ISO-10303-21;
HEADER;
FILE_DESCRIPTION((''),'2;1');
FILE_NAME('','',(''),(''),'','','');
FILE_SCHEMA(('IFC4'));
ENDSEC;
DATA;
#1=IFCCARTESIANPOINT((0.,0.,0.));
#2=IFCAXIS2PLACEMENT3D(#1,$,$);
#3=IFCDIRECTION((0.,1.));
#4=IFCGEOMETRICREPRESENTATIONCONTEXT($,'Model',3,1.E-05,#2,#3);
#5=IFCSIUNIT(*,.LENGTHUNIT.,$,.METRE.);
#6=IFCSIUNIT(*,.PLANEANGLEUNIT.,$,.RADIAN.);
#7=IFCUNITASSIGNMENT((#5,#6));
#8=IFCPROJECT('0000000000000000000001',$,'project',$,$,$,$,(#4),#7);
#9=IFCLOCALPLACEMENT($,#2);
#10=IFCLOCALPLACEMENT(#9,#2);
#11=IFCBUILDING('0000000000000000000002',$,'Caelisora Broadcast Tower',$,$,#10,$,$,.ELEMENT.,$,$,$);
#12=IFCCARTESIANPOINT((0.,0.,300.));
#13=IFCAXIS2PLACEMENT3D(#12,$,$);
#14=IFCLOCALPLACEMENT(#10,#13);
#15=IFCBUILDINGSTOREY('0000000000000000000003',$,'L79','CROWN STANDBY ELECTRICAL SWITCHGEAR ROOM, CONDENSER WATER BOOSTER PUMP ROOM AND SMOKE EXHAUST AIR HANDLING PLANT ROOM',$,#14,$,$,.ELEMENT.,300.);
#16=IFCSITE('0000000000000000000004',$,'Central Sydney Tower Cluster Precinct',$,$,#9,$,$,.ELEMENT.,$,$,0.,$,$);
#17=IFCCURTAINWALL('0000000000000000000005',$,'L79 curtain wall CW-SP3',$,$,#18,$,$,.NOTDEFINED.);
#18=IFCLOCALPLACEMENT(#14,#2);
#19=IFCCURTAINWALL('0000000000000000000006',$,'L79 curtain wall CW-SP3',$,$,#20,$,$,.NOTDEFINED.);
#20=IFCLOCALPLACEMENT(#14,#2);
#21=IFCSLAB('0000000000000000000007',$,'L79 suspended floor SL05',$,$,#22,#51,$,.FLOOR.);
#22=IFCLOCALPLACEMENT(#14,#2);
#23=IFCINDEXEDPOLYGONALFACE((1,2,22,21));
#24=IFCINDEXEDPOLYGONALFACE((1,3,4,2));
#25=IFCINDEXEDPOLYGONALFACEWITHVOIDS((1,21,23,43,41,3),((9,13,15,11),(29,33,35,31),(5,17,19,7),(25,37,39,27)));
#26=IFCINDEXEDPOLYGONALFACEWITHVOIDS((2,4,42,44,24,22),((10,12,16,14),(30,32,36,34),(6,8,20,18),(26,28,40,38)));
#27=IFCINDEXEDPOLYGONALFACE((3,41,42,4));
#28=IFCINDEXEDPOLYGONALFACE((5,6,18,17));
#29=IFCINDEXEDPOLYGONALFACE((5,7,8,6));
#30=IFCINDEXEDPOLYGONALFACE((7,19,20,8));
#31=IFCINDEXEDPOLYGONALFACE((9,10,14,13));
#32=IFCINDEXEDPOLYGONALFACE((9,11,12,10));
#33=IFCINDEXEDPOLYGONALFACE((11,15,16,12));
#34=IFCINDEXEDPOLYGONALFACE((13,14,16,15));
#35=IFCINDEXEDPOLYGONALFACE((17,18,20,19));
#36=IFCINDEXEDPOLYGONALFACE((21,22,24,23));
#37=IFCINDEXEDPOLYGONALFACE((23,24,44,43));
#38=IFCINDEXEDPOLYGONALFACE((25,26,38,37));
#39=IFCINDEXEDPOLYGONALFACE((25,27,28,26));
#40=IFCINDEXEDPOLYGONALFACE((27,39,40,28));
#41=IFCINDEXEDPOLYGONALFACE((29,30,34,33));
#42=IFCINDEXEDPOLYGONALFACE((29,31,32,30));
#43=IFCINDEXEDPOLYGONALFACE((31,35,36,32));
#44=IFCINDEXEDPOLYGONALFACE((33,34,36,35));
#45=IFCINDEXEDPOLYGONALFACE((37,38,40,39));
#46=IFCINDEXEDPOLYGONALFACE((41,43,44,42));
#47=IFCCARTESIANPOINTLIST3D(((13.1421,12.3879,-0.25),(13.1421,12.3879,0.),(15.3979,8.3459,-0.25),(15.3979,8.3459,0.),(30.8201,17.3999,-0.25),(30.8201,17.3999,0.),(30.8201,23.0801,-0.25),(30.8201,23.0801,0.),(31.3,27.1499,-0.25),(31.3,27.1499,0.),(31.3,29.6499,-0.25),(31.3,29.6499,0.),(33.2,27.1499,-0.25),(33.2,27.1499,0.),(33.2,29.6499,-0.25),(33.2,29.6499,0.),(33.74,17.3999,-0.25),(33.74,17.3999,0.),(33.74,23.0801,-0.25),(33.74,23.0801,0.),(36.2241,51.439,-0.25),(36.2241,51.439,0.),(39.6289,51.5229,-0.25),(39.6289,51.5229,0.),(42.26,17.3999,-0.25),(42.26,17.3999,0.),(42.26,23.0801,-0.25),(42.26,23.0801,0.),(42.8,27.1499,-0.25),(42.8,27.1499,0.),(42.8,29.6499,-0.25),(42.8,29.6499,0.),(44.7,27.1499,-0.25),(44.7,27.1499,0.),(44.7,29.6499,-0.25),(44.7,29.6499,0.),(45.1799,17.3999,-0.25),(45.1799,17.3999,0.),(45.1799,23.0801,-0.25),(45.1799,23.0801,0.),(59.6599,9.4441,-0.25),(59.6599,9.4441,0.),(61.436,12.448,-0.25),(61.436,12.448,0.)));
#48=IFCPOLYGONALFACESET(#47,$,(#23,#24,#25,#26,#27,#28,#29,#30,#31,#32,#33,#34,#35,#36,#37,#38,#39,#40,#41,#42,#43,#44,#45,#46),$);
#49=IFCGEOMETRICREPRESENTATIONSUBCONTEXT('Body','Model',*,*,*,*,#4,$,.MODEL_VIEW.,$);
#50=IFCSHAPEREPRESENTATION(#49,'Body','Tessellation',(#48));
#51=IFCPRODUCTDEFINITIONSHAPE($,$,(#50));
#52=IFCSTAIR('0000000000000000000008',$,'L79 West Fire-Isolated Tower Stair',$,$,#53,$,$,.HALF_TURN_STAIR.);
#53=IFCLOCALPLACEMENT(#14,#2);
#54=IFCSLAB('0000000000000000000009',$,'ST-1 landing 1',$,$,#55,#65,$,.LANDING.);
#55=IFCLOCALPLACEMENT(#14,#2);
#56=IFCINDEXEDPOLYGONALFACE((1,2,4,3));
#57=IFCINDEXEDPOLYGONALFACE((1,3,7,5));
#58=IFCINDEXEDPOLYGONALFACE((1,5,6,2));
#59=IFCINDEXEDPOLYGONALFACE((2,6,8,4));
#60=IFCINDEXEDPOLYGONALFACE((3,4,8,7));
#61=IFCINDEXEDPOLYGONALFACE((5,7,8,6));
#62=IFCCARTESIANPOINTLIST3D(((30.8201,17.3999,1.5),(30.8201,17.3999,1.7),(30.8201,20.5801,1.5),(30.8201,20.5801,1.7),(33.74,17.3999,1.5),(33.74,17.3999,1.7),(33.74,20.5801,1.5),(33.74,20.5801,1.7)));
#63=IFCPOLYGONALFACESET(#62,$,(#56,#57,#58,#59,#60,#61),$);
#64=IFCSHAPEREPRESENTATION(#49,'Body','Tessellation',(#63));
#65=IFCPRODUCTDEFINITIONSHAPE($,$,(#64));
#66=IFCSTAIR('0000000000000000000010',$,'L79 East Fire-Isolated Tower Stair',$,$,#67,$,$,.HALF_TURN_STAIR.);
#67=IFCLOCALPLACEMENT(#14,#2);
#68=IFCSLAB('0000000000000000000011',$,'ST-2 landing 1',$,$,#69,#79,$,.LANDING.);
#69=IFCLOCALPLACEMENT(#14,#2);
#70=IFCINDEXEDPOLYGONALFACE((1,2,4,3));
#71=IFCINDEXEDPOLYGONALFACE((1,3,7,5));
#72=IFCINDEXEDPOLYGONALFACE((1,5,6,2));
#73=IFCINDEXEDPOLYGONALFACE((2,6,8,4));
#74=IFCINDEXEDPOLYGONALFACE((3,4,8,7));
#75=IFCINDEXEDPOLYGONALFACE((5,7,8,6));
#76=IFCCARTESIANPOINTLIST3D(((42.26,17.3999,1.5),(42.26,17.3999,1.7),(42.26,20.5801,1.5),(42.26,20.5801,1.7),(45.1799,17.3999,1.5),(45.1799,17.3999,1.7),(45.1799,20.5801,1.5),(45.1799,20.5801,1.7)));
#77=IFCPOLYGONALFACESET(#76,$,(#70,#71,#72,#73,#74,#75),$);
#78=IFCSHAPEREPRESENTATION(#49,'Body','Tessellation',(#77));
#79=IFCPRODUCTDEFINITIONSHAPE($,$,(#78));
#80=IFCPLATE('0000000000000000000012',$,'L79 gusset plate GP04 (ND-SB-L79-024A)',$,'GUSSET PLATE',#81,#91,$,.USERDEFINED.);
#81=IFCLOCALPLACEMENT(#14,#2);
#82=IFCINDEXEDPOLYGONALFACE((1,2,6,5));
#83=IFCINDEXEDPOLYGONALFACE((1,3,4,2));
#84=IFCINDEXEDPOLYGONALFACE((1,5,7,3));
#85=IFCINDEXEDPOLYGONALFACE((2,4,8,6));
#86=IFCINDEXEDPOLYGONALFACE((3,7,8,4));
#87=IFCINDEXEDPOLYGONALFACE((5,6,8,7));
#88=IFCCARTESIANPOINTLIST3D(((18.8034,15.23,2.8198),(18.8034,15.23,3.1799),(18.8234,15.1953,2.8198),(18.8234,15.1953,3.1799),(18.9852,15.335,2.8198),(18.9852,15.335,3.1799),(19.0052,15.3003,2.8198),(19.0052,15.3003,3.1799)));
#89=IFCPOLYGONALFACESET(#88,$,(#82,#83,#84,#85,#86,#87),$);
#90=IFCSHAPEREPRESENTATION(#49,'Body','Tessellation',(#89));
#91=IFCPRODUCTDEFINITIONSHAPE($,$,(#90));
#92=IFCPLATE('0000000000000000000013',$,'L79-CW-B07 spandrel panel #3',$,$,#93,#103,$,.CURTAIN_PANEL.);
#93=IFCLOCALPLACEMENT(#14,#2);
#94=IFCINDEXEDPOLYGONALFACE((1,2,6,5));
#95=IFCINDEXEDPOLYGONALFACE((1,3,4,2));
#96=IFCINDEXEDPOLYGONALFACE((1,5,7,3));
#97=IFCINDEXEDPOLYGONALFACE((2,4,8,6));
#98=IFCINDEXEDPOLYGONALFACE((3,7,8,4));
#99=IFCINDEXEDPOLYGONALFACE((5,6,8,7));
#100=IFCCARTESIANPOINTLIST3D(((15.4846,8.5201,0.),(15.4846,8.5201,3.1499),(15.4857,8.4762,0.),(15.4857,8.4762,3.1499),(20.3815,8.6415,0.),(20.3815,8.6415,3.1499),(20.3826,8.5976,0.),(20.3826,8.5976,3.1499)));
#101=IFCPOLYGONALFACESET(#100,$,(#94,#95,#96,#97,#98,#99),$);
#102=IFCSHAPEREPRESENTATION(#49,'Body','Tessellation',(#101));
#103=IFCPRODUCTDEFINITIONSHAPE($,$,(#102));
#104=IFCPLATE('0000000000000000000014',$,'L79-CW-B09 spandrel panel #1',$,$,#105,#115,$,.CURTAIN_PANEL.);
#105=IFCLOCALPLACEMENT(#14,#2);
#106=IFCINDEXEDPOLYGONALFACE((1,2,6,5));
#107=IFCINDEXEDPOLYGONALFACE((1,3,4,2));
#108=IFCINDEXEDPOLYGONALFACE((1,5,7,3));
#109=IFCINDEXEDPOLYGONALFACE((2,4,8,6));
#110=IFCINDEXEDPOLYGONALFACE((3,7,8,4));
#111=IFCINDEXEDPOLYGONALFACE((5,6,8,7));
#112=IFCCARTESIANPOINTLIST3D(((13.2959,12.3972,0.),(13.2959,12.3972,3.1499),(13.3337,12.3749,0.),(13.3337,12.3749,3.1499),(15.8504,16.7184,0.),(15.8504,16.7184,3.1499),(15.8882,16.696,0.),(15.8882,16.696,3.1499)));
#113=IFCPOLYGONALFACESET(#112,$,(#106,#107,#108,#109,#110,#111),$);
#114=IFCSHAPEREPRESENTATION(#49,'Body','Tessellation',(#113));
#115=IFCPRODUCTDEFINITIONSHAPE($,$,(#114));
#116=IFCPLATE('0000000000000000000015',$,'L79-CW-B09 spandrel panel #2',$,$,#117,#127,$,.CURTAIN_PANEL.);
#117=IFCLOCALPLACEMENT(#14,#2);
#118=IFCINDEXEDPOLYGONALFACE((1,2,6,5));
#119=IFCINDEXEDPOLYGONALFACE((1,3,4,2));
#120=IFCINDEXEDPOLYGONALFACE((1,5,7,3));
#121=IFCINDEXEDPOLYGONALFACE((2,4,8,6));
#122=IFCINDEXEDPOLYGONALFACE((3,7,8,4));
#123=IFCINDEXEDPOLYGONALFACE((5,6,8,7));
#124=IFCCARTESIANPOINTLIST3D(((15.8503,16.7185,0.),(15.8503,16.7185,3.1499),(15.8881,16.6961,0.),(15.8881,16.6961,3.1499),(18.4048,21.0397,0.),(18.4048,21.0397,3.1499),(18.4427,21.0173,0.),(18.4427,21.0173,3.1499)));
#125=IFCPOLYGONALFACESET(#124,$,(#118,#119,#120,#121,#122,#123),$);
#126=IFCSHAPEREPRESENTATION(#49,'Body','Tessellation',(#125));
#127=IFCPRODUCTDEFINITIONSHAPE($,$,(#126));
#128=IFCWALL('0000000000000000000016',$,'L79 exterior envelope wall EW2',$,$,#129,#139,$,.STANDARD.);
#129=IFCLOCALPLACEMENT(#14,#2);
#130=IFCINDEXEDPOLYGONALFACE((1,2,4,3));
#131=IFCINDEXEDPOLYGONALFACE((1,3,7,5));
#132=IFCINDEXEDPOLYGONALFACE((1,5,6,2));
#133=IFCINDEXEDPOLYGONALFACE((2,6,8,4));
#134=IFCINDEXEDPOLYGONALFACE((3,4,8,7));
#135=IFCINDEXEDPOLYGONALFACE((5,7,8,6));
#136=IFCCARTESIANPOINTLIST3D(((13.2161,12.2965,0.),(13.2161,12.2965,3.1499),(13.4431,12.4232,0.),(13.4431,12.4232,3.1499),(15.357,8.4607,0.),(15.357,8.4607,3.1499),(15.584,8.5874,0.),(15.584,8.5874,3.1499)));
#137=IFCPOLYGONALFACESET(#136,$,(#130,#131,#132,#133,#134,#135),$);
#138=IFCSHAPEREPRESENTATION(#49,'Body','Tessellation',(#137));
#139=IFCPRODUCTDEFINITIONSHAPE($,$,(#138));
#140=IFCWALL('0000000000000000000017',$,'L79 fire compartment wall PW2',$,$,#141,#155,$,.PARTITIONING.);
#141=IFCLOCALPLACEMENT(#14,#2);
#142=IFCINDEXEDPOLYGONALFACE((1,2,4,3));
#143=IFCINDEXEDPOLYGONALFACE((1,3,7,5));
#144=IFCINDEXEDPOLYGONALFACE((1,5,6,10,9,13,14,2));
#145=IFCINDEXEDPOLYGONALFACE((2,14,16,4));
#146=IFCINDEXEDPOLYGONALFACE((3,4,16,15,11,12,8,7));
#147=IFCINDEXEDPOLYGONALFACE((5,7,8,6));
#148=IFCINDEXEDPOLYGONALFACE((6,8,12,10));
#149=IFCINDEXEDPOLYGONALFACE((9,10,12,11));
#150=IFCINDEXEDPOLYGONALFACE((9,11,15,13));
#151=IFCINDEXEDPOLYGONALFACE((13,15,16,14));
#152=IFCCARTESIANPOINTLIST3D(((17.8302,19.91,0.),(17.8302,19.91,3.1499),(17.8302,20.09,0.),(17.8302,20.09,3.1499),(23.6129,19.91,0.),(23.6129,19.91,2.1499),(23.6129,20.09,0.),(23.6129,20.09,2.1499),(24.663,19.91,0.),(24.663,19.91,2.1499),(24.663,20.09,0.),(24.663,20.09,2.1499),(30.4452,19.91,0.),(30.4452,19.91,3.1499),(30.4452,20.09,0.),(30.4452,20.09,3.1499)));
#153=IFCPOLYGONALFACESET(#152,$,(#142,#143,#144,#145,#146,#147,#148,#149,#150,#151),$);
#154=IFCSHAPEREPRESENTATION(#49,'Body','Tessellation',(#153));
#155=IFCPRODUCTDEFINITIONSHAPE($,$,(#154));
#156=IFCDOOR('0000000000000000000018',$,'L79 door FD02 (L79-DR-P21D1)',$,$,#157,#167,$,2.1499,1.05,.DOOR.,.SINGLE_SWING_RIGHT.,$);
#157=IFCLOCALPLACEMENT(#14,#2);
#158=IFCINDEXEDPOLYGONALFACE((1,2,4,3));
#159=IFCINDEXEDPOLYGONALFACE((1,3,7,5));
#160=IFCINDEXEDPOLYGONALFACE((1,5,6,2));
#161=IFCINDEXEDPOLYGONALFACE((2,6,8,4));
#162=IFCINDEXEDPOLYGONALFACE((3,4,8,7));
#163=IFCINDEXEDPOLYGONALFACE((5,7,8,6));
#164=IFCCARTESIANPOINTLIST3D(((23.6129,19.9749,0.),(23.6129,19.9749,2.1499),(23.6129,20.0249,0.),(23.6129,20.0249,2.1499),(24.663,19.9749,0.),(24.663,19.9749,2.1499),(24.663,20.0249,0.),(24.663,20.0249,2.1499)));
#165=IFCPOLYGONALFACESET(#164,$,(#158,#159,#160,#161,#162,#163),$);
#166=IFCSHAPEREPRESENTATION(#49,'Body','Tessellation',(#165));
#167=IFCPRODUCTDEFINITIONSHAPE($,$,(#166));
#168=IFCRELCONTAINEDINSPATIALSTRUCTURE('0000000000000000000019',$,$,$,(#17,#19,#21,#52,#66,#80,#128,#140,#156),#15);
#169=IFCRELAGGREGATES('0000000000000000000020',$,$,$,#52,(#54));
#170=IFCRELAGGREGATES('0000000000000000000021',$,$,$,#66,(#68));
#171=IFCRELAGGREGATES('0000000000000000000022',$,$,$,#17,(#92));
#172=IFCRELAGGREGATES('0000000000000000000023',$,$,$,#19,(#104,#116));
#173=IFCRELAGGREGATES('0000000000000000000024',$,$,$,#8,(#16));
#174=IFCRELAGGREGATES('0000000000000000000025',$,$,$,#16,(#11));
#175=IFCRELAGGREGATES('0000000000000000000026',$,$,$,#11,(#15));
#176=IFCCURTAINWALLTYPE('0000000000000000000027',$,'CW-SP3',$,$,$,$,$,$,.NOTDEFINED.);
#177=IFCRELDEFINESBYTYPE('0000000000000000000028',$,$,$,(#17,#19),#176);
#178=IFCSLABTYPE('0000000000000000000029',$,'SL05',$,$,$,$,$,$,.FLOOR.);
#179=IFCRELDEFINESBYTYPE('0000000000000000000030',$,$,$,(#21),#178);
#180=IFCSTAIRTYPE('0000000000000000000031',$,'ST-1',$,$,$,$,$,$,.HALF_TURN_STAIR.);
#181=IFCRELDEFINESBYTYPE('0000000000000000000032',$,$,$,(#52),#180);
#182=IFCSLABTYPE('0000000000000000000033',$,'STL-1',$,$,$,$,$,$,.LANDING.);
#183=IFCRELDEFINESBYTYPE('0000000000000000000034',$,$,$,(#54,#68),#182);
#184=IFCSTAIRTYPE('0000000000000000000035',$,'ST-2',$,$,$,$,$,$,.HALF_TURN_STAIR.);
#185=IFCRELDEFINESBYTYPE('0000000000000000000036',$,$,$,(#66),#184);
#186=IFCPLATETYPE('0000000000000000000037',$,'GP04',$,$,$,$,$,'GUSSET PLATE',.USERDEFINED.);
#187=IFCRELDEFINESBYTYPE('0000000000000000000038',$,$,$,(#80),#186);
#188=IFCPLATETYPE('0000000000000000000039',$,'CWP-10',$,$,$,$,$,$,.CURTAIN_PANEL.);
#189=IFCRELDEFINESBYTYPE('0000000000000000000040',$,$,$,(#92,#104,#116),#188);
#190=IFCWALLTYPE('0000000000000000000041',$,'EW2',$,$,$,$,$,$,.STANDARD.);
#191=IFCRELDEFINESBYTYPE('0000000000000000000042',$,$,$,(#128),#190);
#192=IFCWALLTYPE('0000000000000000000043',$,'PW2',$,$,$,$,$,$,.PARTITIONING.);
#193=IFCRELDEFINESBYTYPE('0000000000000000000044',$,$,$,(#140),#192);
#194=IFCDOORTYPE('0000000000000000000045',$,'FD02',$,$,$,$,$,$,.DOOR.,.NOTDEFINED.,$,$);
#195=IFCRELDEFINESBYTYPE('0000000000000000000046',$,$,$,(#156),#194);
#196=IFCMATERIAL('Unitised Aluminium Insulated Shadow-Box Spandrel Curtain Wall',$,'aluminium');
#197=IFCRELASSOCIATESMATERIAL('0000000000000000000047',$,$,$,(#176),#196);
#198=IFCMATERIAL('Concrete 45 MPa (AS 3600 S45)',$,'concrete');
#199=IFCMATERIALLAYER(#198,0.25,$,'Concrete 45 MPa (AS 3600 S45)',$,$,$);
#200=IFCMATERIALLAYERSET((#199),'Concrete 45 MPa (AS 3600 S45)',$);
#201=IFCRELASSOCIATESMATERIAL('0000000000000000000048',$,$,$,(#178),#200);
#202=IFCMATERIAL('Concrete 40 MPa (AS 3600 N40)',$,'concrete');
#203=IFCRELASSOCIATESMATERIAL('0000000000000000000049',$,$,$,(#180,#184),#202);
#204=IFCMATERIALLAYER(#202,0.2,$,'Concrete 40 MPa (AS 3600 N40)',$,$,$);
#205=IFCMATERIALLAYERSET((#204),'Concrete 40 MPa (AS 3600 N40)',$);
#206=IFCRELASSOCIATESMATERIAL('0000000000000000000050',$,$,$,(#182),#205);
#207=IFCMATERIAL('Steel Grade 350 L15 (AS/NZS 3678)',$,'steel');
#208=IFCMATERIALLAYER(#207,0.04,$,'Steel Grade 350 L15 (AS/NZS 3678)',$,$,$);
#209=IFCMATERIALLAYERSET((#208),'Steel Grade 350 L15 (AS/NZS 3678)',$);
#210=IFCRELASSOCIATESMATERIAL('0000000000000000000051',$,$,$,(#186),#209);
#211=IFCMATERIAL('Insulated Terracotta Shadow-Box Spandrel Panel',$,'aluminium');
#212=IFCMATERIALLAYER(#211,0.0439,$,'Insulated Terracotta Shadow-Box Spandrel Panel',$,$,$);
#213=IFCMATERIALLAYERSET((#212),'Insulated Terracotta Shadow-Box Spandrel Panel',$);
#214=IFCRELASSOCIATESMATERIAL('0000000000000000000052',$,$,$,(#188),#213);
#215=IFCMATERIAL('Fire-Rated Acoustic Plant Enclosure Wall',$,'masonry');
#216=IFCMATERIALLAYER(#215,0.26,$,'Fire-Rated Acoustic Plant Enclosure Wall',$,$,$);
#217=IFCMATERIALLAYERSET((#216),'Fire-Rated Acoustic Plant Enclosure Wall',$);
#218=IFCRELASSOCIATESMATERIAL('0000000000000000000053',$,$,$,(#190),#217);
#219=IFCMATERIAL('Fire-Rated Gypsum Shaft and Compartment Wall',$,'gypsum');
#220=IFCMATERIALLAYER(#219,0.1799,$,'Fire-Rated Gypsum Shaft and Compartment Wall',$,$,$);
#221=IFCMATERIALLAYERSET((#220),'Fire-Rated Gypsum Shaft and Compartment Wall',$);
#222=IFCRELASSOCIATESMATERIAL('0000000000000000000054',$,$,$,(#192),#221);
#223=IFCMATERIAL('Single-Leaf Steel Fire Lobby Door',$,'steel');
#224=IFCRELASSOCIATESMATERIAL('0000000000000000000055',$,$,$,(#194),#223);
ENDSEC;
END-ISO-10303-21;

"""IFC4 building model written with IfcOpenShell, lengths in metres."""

from ifc_helpers import new_model, si_unit, direction, frame, frame_2d, origin, origin_2d, place, context, subcontext, project, spatial, polyline, rectangle, outline, extrude, source, transform, mapped, material, layer, layer_set, type_object, type_shapes, element, fill, aggregate, save


model = new_model("IFC4")

# Units and contexts
model_context = context("Model", 3, precision=1e-05, world=origin(), true_north=direction((0.0, 1.0)))
body_context = subcontext(model_context, "Body", "Model", "MODEL_VIEW")
ifc_project = project(units=[si_unit("LENGTHUNIT", "METRE"), si_unit("PLANEANGLEUNIT", "RADIAN")], contexts=[model_context])

# Site, building, storey
site_placement = place(None, origin())
site = spatial("IfcSite", under=ifc_project, at=site_placement, Name="Central Sydney Tower Cluster Precinct", CompositionType="ELEMENT", RefElevation=0.0)
building_placement = place(site_placement, origin())
building = spatial("IfcBuilding", under=site, at=building_placement, Name="Caelisora Broadcast Tower", CompositionType="ELEMENT")
storey_placement = place(building_placement, frame((0.0, 0.0, 300.0)))
storey = spatial("IfcBuildingStorey", under=building, at=storey_placement, Name="L79", Description="CROWN STANDBY ELECTRICAL SWITCHGEAR ROOM, CONDENSER WATER BOOSTER PUMP ROOM AND SMOKE EXHAUST AIR HANDLING PLANT ROOM", CompositionType="ELEMENT", Elevation=300.0)

# Curtain wall
ifc_material_1 = material(Name="Unitised Aluminium Insulated Shadow-Box Spandrel Curtain Wall", Category="aluminium")
curtain_wall_type = type_object("IfcCurtainWallType", Name="CW-SP3", PredefinedType="NOTDEFINED", material=ifc_material_1)
curtain_wall_1_placement = place(storey_placement, origin())
curtain_wall_1 = element("IfcCurtainWall", 1, at=curtain_wall_1_placement, inside=storey, type_object=curtain_wall_type, Name="L79 curtain wall CW-SP3", PredefinedType="NOTDEFINED")

# Curtain wall
curtain_wall_2_placement = place(storey_placement, origin())
curtain_wall_2 = element("IfcCurtainWall", 2, at=curtain_wall_2_placement, inside=storey, type_object=curtain_wall_type, Name="L79 curtain wall CW-SP3", PredefinedType="NOTDEFINED")

# Slab
ifc_material_2 = material(Name="Concrete 45 MPa (AS 3600 S45)", Category="concrete")
ifc_layer_1 = layer(ifc_material_2, 0.25, Name="Concrete 45 MPa (AS 3600 S45)")
ifc_layer_set_1 = layer_set([ifc_layer_1], Name="Concrete 45 MPa (AS 3600 S45)")
slab_type_1 = type_object("IfcSlabType", Name="SL05", PredefinedType="FLOOR", material=ifc_layer_set_1)
slab_1_placement = place(storey_placement, frame((0.0, 0.0, -0.25)))
element("IfcSlab", 3, at=slab_1_placement, inside=storey, type_object=slab_type_1, Name="L79 suspended floor SL05", PredefinedType="FLOOR", context=body_context, shape_type="SweptSolid", body=[
    extrude(outline(polyline([(39.6289, 51.5229), (36.2241, 51.439), (13.1421, 12.3879), (15.3979, 8.3459), (59.6599, 9.4441), (61.436, 12.448), (39.6289, 51.5229)]), holes=[polyline([(30.8201, 17.3999), (33.74, 17.3999), (33.74, 23.0801), (30.8201, 23.0801), (30.8201, 17.3999)]), polyline([(42.26, 17.3999), (45.1799, 17.3999), (45.1799, 23.0801), (42.26, 23.0801), (42.26, 17.3999)]), polyline([(42.8, 27.1499), (44.7, 27.1499), (44.7, 29.6499), (42.8, 29.6499), (42.8, 27.1499)]), polyline([(31.3, 27.1499), (33.2, 27.1499), (33.2, 29.6499), (31.3, 29.6499), (31.3, 27.1499)])]), origin(), (0.0, 0.0, 1.0), 0.25),
])

# Stairs, slabs
ifc_material_3 = material(Name="Concrete 40 MPa (AS 3600 N40)", Category="concrete")
stair_type_1 = type_object("IfcStairType", Name="ST-1", PredefinedType="HALF_TURN_STAIR", material=ifc_material_3)
stair_1_placement = place(storey_placement, origin())
stair_1 = element("IfcStair", 4, at=stair_1_placement, inside=storey, type_object=stair_type_1, Name="L79 West Fire-Isolated Tower Stair", PredefinedType="HALF_TURN_STAIR")
ifc_layer_2 = layer(ifc_material_3, 0.2, Name="Concrete 40 MPa (AS 3600 N40)")
ifc_layer_set_2 = layer_set([ifc_layer_2], Name="Concrete 40 MPa (AS 3600 N40)")
slab_type_2 = type_object("IfcSlabType", Name="STL-1", PredefinedType="LANDING", material=ifc_layer_set_2)
slab_2_placement = place(storey_placement, frame((0.0, 0.0, 1.5)))
slab_2 = element("IfcSlab", 5, at=slab_2_placement, type_object=slab_type_2, Name="ST-1 landing 1", PredefinedType="LANDING", context=body_context, shape_type="SweptSolid", body=[
    extrude(outline(polyline([(30.8201, 20.5801), (30.8201, 17.3999), (33.74, 17.3999), (33.74, 20.5801), (30.8201, 20.5801)])), origin(), (0.0, 0.0, 1.0), 0.2),
])
aggregate(stair_1, [slab_2])
stair_type_2 = type_object("IfcStairType", Name="ST-2", PredefinedType="HALF_TURN_STAIR", material=ifc_material_3)
stair_2_placement = place(storey_placement, origin())
stair_2 = element("IfcStair", 6, at=stair_2_placement, inside=storey, type_object=stair_type_2, Name="L79 East Fire-Isolated Tower Stair", PredefinedType="HALF_TURN_STAIR")
slab_3_placement = place(storey_placement, frame((0.0, 0.0, 1.5)))
slab_3 = element("IfcSlab", 7, at=slab_3_placement, type_object=slab_type_2, Name="ST-2 landing 1", PredefinedType="LANDING", context=body_context, shape_type="SweptSolid", body=[
    extrude(outline(polyline([(42.26, 20.5801), (42.26, 17.3999), (45.1799, 17.3999), (45.1799, 20.5801), (42.26, 20.5801)])), origin(), (0.0, 0.0, 1.0), 0.2),
])
aggregate(stair_2, [slab_3])

# Plates
ifc_material_4 = material(Name="Steel Grade 350 L15 (AS/NZS 3678)", Category="steel")
ifc_layer_3 = layer(ifc_material_4, 0.04, Name="Steel Grade 350 L15 (AS/NZS 3678)")
ifc_layer_set_3 = layer_set([ifc_layer_3], Name="Steel Grade 350 L15 (AS/NZS 3678)")
plate_type_1 = type_object("IfcPlateType", Name="GP04", ElementType="GUSSET PLATE", PredefinedType="USERDEFINED", material=ifc_layer_set_3)
shared_shape_1 = source(origin(), body_context, "Body", "SweptSolid", [
    extrude(rectangle(XDim=0.21, YDim=0.04, at=origin_2d()), origin(), (0.0, 0.0, 1.0), 0.3601),
])
type_shapes(plate_type_1, [shared_shape_1])
plate_1_placement = place(storey_placement, frame((18.9043, 15.2651, 2.8198), z_axis=(0.0, 0.0, 1.0), x_axis=(0.866025, 0.5, 0.0)))
element("IfcPlate", 8, at=plate_1_placement, inside=storey, type_object=plate_type_1, Name="L79 gusset plate GP04 (ND-SB-L79-024A)", ObjectType="GUSSET PLATE", PredefinedType="USERDEFINED", context=body_context, shape_type="MappedRepresentation", body=[
    mapped(shared_shape_1, transform((0.0, 0.0, 0.0), scale=1.0)),
])
ifc_material_5 = material(Name="Insulated Terracotta Shadow-Box Spandrel Panel", Category="aluminium")
ifc_layer_4 = layer(ifc_material_5, 0.0439, Name="Insulated Terracotta Shadow-Box Spandrel Panel")
ifc_layer_set_4 = layer_set([ifc_layer_4], Name="Insulated Terracotta Shadow-Box Spandrel Panel")
plate_type_2 = type_object("IfcPlateType", Name="CWP-10", PredefinedType="CURTAIN_PANEL", material=ifc_layer_set_4)
shared_shape_2 = source(origin(), body_context, "Body", "SweptSolid", [
    extrude(rectangle(XDim=4.8984, YDim=0.0439, at=origin_2d()), origin(), (0.0, 0.0, 1.0), 3.1499),
])
plate_2_placement = place(storey_placement, frame((17.9336, 8.5588, 0.0), z_axis=(0.0, 0.0, 1.0), x_axis=(-0.999693, -0.024781, 0.0)))
plate_2 = element("IfcPlate", 9, at=plate_2_placement, type_object=plate_type_2, Name="L79-CW-B07 spandrel panel #3", PredefinedType="CURTAIN_PANEL", context=body_context, shape_type="MappedRepresentation", body=[
    mapped(shared_shape_2, transform((0.0, 0.0, 0.0), scale=1.0)),
])
aggregate(curtain_wall_1, [plate_2])
shared_shape_3 = source(origin(), body_context, "Body", "SweptSolid", [
    extrude(rectangle(XDim=5.0198, YDim=0.0439, at=origin_2d()), origin(), (0.0, 0.0, 1.0), 3.1499),
])
type_shapes(plate_type_2, [shared_shape_2, shared_shape_3])
plate_3_placement = place(storey_placement, frame((14.592, 14.5466, 0.0), z_axis=(0.0, 0.0, 1.0), x_axis=(0.508891, 0.860831, 0.0)))
plate_3 = element("IfcPlate", 10, at=plate_3_placement, type_object=plate_type_2, Name="L79-CW-B09 spandrel panel #1", PredefinedType="CURTAIN_PANEL", context=body_context, shape_type="MappedRepresentation", body=[
    mapped(shared_shape_3, transform((0.0, 0.0, 0.0), scale=1.0)),
])
plate_4_placement = place(storey_placement, frame((17.1465, 18.8679, 0.0), z_axis=(0.0, 0.0, 1.0), x_axis=(0.508891, 0.860831, 0.0)))
plate_4 = element("IfcPlate", 11, at=plate_4_placement, type_object=plate_type_2, Name="L79-CW-B09 spandrel panel #2", PredefinedType="CURTAIN_PANEL", context=body_context, shape_type="MappedRepresentation", body=[
    mapped(shared_shape_3, transform((0.0, 0.0, 0.0), scale=1.0)),
])
aggregate(curtain_wall_2, [plate_3, plate_4])

# Wall
ifc_material_6 = material(Name="Fire-Rated Acoustic Plant Enclosure Wall", Category="masonry")
ifc_layer_5 = layer(ifc_material_6, 0.26, Name="Fire-Rated Acoustic Plant Enclosure Wall")
ifc_layer_set_5 = layer_set([ifc_layer_5], Name="Fire-Rated Acoustic Plant Enclosure Wall")
wall_type_1 = type_object("IfcWallType", Name="EW2", PredefinedType="STANDARD", material=ifc_layer_set_5)
wall_1_placement = place(storey_placement, frame((15.4705, 8.5242, 0.0), z_axis=(0.0, 0.0, 1.0), x_axis=(-0.487369, 0.873196, 0.0)))
element("IfcWall", 12, at=wall_1_placement, inside=storey, type_object=wall_type_1, Name="L79 exterior envelope wall EW2", PredefinedType="STANDARD", context=body_context, shape_type="SweptSolid", body=[
    extrude(rectangle(XDim=4.3928, YDim=0.26, at=frame_2d((2.1963, 0.0))), origin(), (0.0, 0.0, 1.0), 3.1499),
])

# Wall, opening, door
ifc_material_7 = material(Name="Fire-Rated Gypsum Shaft and Compartment Wall", Category="gypsum")
ifc_layer_6 = layer(ifc_material_7, 0.1799, Name="Fire-Rated Gypsum Shaft and Compartment Wall")
ifc_layer_set_6 = layer_set([ifc_layer_6], Name="Fire-Rated Gypsum Shaft and Compartment Wall")
wall_type_2 = type_object("IfcWallType", Name="PW2", PredefinedType="PARTITIONING", material=ifc_layer_set_6)
wall_2_placement = place(storey_placement, frame((17.8301, 20.0, 0.0), z_axis=(0.0, 0.0, 1.0), x_axis=(1.0, 0.0, 0.0)))
wall_2 = element("IfcWall", 13, at=wall_2_placement, inside=storey, type_object=wall_type_2, Name="L79 fire compartment wall PW2", PredefinedType="PARTITIONING", context=body_context, shape_type="SweptSolid", body=[
    extrude(rectangle(XDim=12.615, YDim=0.1799, at=frame_2d((6.3076, 0.0))), origin(), (0.0, 0.0, 1.0), 3.1499),
])
opening_placement = place(wall_2_placement, frame((5.783, 0.0, 0.0)))
opening = element("IfcOpeningElement", 14, at=opening_placement, cuts=wall_2, PredefinedType="OPENING", context=body_context, shape_type="SweptSolid", body=[
    extrude(rectangle(XDim=1.05, YDim=2.1499, at=frame_2d((0.5249, 1.075))), frame((0.0, 0.1021, 0.0), z_axis=(0.0, -1.0, 0.0), x_axis=(1.0, 0.0, 0.0)), (0.0, 0.0, 1.0), 0.2039),
])
ifc_material_8 = material(Name="Single-Leaf Steel Fire Lobby Door", Category="steel")
door_type = type_object("IfcDoorType", Name="FD02", OperationType="NOTDEFINED", PredefinedType="DOOR", material=ifc_material_8)
door_placement = place(opening_placement, origin())
door = element("IfcDoor", 15, at=door_placement, inside=storey, type_object=door_type, Name="L79 door FD02 (L79-DR-P21D1)", OperationType="SINGLE_SWING_RIGHT", OverallHeight=2.1499, OverallWidth=1.05, PredefinedType="DOOR", context=body_context, shape_type="SweptSolid", body=[
    extrude(rectangle(XDim=1.05, YDim=2.1499, at=frame_2d((0.5249, 1.075))), frame((0.0, 0.0249, 0.0), z_axis=(0.0, -1.0, 0.0), x_axis=(1.0, 0.0, 0.0)), (0.0, 0.0, 1.0), 0.05),
])
fill(opening, door)

save(model, "model.ifc")
